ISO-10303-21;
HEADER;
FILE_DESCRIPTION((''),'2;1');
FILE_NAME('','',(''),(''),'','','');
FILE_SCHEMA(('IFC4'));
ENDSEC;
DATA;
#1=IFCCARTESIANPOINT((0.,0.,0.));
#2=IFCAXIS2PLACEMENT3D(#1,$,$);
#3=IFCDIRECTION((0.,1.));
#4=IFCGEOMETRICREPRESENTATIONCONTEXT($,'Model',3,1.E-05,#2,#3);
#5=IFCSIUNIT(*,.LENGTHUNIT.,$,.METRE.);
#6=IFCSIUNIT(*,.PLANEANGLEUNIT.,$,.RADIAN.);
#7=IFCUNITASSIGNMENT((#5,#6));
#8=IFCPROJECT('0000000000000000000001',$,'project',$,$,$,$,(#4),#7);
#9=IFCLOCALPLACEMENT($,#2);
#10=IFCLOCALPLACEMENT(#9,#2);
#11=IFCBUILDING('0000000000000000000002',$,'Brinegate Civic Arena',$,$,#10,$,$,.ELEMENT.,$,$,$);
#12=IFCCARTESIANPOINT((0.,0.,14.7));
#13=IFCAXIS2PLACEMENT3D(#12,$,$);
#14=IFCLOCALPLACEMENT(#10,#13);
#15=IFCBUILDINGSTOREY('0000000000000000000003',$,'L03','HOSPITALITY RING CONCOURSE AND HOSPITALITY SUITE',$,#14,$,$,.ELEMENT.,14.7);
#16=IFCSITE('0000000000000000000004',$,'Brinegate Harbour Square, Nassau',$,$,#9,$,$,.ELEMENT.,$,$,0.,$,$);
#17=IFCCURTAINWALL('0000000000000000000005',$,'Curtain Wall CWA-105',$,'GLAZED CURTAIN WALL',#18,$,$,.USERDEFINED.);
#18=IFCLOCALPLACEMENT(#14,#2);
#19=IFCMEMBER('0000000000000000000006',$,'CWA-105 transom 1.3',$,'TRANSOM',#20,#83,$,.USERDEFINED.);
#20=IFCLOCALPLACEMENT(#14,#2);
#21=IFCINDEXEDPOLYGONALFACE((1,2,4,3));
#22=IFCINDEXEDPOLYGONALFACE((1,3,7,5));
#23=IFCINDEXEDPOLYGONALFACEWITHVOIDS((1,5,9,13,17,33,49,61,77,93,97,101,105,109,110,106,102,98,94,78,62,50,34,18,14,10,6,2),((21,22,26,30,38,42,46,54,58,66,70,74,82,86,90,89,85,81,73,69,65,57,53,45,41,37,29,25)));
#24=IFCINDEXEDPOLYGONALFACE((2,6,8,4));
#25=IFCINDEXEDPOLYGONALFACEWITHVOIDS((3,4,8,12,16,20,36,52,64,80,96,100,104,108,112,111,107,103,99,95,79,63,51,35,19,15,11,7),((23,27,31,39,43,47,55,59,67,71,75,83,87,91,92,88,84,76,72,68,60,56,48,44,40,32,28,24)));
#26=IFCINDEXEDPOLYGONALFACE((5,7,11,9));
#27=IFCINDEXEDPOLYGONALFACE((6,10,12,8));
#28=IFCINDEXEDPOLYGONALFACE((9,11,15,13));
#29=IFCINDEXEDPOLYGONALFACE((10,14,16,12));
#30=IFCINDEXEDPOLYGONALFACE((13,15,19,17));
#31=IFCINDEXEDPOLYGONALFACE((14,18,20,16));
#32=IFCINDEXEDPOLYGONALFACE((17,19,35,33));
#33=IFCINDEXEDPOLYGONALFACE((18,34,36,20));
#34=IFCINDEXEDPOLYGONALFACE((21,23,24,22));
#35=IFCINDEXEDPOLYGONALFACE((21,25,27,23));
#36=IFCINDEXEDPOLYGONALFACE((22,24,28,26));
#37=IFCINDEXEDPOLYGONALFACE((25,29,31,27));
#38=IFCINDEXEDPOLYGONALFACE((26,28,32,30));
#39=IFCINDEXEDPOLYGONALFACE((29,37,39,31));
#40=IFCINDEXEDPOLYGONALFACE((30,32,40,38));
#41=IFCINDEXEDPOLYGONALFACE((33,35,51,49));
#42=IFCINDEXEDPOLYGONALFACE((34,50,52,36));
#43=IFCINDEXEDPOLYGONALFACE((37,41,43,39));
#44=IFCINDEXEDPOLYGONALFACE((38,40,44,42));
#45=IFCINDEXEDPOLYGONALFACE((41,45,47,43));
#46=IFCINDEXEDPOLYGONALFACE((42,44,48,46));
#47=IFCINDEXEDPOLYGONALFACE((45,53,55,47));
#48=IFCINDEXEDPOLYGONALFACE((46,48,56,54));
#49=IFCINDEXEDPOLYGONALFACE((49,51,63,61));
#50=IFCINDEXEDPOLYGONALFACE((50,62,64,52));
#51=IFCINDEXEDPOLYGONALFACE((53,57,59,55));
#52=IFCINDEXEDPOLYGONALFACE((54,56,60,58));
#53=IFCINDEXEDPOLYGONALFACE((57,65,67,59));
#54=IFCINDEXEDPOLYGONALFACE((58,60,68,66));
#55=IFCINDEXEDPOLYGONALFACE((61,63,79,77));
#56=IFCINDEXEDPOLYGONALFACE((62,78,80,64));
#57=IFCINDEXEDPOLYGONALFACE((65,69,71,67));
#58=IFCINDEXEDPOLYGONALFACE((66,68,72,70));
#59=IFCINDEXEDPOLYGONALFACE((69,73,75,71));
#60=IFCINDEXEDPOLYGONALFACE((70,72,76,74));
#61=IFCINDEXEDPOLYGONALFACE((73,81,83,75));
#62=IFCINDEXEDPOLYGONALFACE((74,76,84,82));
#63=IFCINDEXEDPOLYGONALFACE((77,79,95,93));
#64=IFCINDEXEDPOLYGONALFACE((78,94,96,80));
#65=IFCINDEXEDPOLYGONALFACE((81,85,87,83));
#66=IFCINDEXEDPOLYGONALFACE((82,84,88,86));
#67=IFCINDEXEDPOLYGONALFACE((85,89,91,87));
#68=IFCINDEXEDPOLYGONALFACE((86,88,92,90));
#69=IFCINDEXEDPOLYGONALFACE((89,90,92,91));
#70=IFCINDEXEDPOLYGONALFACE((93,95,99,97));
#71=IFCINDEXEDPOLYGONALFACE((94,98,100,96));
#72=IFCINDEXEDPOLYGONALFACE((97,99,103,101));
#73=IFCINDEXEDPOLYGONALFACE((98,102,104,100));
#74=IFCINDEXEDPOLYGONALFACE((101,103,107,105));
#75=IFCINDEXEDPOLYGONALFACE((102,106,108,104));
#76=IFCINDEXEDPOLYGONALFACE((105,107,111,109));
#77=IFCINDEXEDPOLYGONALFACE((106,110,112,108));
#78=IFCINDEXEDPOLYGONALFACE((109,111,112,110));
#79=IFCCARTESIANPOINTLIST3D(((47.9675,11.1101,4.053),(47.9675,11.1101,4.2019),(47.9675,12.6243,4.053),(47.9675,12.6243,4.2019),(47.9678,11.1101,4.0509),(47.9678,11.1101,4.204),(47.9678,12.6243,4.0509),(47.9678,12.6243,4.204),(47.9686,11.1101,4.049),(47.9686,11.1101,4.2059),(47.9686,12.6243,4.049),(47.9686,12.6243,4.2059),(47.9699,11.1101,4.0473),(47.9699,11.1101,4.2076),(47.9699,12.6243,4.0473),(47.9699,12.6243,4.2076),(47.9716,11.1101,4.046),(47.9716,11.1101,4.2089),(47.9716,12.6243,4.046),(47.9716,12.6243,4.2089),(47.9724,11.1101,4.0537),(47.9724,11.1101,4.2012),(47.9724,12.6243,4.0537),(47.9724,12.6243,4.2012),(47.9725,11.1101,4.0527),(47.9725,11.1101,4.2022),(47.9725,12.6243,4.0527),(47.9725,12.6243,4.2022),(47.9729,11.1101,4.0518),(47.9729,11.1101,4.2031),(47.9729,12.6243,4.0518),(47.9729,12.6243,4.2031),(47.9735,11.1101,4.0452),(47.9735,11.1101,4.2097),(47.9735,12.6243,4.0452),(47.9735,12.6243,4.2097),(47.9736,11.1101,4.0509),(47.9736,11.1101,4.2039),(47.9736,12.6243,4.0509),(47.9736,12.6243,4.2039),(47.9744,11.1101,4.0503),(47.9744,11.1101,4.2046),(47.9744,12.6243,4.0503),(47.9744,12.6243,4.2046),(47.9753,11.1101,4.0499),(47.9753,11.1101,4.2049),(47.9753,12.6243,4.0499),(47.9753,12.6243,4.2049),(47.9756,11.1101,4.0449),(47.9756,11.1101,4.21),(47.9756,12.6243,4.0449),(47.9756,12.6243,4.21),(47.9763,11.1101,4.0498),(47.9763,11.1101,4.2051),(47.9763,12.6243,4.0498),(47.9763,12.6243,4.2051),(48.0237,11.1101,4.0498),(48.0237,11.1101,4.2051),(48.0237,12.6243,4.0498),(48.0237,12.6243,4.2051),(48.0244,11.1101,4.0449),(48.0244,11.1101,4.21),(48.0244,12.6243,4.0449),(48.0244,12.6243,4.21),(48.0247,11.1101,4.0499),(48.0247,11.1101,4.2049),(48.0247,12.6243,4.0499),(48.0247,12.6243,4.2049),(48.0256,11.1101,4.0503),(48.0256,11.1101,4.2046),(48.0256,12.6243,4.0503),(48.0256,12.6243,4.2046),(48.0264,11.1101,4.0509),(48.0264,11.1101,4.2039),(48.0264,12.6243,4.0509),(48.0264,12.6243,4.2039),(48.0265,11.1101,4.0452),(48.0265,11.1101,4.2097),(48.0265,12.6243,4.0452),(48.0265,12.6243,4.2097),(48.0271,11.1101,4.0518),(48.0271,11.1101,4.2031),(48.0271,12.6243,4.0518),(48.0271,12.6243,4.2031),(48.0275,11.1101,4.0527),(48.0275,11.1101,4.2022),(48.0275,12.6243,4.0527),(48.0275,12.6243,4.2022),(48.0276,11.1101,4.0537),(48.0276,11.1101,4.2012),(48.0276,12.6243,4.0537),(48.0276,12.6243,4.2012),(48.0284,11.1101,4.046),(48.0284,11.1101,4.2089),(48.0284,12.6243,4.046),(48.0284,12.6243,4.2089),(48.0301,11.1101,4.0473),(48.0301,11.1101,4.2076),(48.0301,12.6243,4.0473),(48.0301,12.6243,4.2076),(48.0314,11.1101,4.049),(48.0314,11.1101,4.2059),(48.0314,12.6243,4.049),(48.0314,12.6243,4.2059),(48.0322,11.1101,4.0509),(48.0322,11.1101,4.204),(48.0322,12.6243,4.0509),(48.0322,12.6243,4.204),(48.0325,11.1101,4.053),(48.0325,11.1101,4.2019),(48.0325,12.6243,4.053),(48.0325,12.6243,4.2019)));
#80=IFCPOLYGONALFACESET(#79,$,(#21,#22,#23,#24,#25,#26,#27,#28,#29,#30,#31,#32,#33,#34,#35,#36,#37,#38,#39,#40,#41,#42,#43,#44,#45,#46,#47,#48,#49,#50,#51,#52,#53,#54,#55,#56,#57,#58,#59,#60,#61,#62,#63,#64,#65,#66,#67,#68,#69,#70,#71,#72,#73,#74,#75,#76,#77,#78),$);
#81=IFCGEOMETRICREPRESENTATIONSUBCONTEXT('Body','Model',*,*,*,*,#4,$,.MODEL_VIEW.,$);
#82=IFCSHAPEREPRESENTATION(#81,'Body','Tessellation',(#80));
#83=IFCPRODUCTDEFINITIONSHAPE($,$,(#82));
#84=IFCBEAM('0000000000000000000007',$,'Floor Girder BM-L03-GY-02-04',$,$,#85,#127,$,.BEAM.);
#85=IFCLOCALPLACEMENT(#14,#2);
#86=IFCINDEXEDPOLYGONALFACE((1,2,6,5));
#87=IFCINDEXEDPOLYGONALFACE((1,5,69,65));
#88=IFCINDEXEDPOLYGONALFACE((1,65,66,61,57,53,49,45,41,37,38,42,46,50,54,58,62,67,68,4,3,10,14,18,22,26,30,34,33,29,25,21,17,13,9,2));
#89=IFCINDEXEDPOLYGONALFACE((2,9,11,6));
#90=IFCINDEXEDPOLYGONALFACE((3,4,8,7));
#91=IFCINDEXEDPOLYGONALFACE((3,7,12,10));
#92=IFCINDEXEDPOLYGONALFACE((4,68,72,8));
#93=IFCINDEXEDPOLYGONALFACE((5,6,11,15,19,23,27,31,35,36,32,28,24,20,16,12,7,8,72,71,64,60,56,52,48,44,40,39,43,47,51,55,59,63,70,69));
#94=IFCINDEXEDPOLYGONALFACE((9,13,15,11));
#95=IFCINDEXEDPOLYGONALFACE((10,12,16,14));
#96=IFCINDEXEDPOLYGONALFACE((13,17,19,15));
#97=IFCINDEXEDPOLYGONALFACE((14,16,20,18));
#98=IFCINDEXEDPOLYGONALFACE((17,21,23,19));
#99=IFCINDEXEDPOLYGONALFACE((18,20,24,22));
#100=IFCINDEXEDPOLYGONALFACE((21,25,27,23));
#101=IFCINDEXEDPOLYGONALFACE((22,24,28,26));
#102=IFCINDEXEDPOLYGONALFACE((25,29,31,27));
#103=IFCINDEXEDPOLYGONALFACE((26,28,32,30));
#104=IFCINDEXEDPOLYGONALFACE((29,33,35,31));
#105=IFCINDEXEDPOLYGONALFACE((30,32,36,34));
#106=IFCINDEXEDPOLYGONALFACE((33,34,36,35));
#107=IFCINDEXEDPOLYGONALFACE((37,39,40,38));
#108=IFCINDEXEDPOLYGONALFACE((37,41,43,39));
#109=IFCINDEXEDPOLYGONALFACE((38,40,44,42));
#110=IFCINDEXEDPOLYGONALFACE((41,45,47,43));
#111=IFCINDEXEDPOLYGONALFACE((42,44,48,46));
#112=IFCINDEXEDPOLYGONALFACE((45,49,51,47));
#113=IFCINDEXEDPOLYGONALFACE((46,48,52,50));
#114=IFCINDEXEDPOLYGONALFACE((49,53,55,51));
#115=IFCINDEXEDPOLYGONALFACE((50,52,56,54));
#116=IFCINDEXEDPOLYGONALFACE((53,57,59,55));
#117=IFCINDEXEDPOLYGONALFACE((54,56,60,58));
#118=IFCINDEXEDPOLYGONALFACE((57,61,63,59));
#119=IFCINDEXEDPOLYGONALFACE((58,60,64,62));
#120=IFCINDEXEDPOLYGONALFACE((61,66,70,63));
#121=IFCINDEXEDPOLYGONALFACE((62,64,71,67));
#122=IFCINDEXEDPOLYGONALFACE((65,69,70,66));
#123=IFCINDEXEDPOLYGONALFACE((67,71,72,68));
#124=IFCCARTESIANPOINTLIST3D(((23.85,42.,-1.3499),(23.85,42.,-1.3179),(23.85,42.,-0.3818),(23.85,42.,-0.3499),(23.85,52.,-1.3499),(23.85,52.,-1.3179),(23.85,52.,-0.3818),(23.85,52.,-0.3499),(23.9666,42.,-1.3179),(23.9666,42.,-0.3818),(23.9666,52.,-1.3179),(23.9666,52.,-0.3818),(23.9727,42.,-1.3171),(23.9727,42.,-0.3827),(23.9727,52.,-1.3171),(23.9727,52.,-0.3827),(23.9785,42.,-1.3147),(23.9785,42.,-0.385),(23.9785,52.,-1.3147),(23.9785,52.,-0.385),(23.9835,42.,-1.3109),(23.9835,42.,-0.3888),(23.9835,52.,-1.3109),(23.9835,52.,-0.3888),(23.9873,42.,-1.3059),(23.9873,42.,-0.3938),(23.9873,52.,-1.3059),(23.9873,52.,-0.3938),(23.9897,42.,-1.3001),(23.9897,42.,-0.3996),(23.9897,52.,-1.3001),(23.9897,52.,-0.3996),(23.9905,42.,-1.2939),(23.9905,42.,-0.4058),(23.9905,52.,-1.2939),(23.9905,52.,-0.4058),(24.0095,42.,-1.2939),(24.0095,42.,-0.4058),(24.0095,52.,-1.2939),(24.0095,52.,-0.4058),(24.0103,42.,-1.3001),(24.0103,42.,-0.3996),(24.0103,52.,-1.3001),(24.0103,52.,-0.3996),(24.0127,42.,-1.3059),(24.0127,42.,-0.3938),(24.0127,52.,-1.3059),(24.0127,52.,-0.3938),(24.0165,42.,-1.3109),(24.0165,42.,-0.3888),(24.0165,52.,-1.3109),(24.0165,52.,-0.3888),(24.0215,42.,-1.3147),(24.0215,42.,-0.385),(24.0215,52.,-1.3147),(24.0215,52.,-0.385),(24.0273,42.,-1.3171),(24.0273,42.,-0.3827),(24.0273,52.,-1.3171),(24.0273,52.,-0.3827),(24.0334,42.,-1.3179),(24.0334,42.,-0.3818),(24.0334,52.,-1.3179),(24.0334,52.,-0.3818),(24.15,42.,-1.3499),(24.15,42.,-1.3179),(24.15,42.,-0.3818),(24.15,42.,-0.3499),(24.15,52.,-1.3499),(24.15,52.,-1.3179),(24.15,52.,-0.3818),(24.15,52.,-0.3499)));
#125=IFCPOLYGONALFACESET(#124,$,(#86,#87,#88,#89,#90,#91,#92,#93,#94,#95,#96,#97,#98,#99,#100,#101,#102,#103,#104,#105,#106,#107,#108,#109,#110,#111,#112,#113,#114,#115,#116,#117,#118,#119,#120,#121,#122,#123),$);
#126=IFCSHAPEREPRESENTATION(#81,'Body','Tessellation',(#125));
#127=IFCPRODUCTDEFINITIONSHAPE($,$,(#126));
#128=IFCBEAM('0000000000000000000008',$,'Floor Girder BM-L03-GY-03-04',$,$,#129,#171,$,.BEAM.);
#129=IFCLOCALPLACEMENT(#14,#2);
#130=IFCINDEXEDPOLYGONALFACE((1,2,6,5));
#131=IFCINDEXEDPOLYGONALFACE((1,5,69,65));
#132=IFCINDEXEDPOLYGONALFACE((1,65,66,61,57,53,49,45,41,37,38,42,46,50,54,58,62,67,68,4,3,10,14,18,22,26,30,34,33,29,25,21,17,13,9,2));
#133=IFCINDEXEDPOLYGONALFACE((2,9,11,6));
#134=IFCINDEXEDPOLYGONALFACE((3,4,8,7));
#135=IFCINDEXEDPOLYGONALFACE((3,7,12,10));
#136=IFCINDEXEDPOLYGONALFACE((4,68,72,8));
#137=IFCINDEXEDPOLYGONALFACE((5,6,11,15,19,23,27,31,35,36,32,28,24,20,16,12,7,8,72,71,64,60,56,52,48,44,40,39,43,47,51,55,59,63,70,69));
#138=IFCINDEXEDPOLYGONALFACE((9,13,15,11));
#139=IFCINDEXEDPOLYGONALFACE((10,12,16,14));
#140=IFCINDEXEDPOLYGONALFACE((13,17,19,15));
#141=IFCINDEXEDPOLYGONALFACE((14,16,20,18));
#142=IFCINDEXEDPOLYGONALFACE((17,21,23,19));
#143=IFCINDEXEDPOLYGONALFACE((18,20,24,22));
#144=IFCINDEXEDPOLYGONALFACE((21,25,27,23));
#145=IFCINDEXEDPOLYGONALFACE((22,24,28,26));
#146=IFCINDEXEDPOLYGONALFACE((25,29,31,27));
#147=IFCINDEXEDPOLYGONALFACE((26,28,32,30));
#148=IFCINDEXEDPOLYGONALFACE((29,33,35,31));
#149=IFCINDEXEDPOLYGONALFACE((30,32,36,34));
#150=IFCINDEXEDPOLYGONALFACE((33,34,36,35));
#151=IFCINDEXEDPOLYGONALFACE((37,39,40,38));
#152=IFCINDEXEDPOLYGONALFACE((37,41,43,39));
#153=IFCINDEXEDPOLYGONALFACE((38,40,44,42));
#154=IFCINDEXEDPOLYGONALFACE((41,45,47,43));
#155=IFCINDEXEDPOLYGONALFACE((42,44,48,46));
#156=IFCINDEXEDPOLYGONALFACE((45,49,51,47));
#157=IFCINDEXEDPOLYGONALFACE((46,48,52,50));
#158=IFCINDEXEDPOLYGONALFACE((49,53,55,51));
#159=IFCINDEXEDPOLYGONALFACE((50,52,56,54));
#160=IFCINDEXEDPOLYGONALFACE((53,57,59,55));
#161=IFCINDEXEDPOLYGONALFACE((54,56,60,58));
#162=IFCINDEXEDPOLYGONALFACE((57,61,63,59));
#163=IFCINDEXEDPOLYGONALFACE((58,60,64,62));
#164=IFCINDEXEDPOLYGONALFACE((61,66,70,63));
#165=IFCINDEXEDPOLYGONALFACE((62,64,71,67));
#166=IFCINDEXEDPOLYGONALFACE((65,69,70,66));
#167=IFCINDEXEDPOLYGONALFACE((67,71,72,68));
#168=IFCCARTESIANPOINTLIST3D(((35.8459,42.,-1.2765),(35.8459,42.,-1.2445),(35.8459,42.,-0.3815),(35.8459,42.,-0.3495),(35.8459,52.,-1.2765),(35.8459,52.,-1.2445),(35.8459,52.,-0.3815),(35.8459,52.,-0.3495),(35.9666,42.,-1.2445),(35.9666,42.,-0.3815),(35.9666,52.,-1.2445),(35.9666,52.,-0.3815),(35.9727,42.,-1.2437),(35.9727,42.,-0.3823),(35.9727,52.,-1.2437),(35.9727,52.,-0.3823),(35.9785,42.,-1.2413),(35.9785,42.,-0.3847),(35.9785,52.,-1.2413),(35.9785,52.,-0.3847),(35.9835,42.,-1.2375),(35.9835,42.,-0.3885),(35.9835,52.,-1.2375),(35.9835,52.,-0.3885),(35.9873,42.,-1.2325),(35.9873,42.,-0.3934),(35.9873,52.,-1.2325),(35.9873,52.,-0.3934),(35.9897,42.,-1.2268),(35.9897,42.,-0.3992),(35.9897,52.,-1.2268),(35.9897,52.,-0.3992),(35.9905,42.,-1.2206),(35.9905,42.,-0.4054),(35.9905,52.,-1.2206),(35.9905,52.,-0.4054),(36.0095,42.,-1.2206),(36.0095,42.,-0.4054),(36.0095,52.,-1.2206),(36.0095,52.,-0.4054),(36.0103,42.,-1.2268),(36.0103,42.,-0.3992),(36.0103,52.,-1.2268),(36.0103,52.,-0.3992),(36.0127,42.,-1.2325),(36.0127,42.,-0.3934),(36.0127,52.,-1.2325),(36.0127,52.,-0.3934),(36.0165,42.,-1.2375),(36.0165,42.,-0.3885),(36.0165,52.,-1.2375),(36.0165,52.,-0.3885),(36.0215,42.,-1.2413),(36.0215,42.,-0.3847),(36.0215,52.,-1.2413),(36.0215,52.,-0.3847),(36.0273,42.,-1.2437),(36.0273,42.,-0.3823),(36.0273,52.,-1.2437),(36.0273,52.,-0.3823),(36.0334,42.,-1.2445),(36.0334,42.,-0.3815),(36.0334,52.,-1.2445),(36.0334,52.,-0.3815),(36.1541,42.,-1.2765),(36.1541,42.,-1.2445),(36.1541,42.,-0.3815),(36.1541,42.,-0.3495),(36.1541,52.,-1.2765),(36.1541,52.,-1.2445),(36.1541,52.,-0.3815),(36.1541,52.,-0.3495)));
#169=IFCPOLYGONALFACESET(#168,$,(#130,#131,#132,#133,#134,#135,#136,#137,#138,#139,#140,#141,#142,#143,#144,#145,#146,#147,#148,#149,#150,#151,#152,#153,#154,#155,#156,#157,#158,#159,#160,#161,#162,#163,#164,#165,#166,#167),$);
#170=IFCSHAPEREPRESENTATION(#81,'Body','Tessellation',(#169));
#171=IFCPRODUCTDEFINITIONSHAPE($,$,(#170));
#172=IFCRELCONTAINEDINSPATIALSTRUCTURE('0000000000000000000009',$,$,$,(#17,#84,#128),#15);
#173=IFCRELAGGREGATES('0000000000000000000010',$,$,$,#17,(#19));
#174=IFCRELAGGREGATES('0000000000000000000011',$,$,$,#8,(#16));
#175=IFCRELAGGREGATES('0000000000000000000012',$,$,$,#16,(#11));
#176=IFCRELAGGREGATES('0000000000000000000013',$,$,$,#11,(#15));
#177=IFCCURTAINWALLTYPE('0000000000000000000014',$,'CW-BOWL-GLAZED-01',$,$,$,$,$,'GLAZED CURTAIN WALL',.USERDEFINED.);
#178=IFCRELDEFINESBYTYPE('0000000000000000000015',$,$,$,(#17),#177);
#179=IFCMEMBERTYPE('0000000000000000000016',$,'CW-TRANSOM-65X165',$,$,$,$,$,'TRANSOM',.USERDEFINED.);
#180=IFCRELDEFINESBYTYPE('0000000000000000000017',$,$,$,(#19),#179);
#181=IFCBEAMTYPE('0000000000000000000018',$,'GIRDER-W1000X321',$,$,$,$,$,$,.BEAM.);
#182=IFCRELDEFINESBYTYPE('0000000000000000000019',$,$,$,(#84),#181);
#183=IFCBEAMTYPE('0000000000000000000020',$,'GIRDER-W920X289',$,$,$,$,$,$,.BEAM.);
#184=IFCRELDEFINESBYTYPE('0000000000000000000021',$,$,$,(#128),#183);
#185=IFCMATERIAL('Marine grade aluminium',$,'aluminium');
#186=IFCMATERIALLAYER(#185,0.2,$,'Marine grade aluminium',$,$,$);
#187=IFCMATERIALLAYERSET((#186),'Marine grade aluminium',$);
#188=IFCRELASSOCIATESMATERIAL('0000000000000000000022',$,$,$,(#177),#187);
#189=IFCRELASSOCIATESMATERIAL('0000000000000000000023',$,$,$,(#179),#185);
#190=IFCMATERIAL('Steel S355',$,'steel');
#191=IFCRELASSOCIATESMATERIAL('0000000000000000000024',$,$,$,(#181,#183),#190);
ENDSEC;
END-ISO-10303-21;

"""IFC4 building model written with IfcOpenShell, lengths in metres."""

from ifc_helpers import new_model, si_unit, direction, frame, origin, origin_2d, place, context, subcontext, project, spatial, hollow_rectangle, i_section, extrude, material, layer, layer_set, material_profile, profile_set, type_object, element, aggregate, save


model = new_model("IFC4")

# Units and contexts
model_context = context("Model", 3, precision=1e-05, world=origin(), true_north=direction((0.0, 1.0)))
body_context = subcontext(model_context, "Body", "Model", "MODEL_VIEW")
ifc_project = project(units=[si_unit("LENGTHUNIT", "METRE"), si_unit("PLANEANGLEUNIT", "RADIAN")], contexts=[model_context])

# Site, building, storey
site_placement = place(None, origin())
site = spatial("IfcSite", under=ifc_project, at=site_placement, Name="Brinegate Harbour Square, Nassau", CompositionType="ELEMENT", RefElevation=0.0)
building_placement = place(site_placement, origin())
building = spatial("IfcBuilding", under=site, at=building_placement, Name="Brinegate Civic Arena", CompositionType="ELEMENT")
storey_placement = place(building_placement, frame((0.0, 0.0, 14.7)))
storey = spatial("IfcBuildingStorey", under=building, at=storey_placement, Name="L03", Description="HOSPITALITY RING CONCOURSE AND HOSPITALITY SUITE", CompositionType="ELEMENT", Elevation=14.7)

# Shared definitions
ifc_material_1 = material(Name="Steel S355", Category="steel")

# Curtain wall
ifc_material_2 = material(Name="Marine grade aluminium", Category="aluminium")
ifc_layer_1 = layer(ifc_material_2, 0.2, Name="Marine grade aluminium")
ifc_layer_set_1 = layer_set([ifc_layer_1], Name="Marine grade aluminium")
curtain_wall_type_1 = type_object("IfcCurtainWallType", Name="CW-BOWL-GLAZED-01", ElementType="GLAZED CURTAIN WALL", PredefinedType="USERDEFINED", material=ifc_layer_set_1)
curtain_wall_1_placement = place(storey_placement, origin())
curtain_wall_1 = element("IfcCurtainWall", 1, at=curtain_wall_1_placement, inside=storey, type_object=curtain_wall_type_1, Name="Curtain Wall CWA-105", ObjectType="GLAZED CURTAIN WALL", PredefinedType="USERDEFINED")

# Member
ifc_material_profile_1 = material_profile(ifc_material_2, hollow_rectangle(XDim=0.0649, YDim=0.165, WallThickness=0.0049, InnerFilletRadius=0.0039, OuterFilletRadius=0.0081, at=origin_2d()), Name="TRN65X165")
ifc_profile_set_1 = profile_set([ifc_material_profile_1], Name="Marine grade aluminium")
member_type_1 = type_object("IfcMemberType", Name="CW-TRANSOM-65X165", ElementType="TRANSOM", PredefinedType="USERDEFINED", material=ifc_profile_set_1)
member_1_placement = place(storey_placement, frame((48.0, 11.1101, 4.1274), z_axis=(0.0, 1.0, 0.0), x_axis=(-1.0, 0.0, 0.0)))
member_1 = element("IfcMember", 2, at=member_1_placement, type_object=member_type_1, Name="CWA-105 transom 1.3", ObjectType="TRANSOM", PredefinedType="USERDEFINED", context=body_context, shape_type="SweptSolid", body=[
    extrude(hollow_rectangle(XDim=0.0649, YDim=0.165, WallThickness=0.0049, InnerFilletRadius=0.0039, OuterFilletRadius=0.0081, at=origin_2d()), origin(), (0.0, 0.0, 1.0), 1.5142),
])

# Beams
ifc_material_profile_2 = material_profile(ifc_material_1, i_section(OverallWidth=0.3, OverallDepth=1.0, WebThickness=0.019, FlangeThickness=0.032, FilletRadius=0.0239, at=origin_2d()), Name="W1000X321")
ifc_profile_set_2 = profile_set([ifc_material_profile_2], Name="Steel S355")
beam_type_1 = type_object("IfcBeamType", Name="GIRDER-W1000X321", PredefinedType="BEAM", material=ifc_profile_set_2)
beam_1_placement = place(storey_placement, frame((24.0, 42.0, -0.8499), z_axis=(0.0, 1.0, 0.0), x_axis=(-1.0, 0.0, 0.0)))
element("IfcBeam", 3, at=beam_1_placement, inside=storey, type_object=beam_type_1, Name="Floor Girder BM-L03-GY-02-04", PredefinedType="BEAM", context=body_context, shape_type="SweptSolid", body=[
    extrude(i_section(OverallWidth=0.3, OverallDepth=1.0, WebThickness=0.019, FlangeThickness=0.032, FilletRadius=0.0239, at=origin_2d()), origin(), (0.0, 0.0, 1.0), 10.0),
])
ifc_material_profile_3 = material_profile(ifc_material_1, i_section(OverallWidth=0.3081, OverallDepth=0.927, WebThickness=0.019, FlangeThickness=0.032, FilletRadius=0.0239, at=origin_2d()), Name="W920X289")
ifc_profile_set_3 = profile_set([ifc_material_profile_3], Name="Steel S355")
beam_type_2 = type_object("IfcBeamType", Name="GIRDER-W920X289", PredefinedType="BEAM", material=ifc_profile_set_3)
beam_2_placement = place(storey_placement, frame((36.0, 42.0, -0.813), z_axis=(0.0, 1.0, 0.0), x_axis=(-1.0, 0.0, 0.0)))
element("IfcBeam", 4, at=beam_2_placement, inside=storey, type_object=beam_type_2, Name="Floor Girder BM-L03-GY-03-04", PredefinedType="BEAM", context=body_context, shape_type="SweptSolid", body=[
    extrude(i_section(OverallWidth=0.3081, OverallDepth=0.927, WebThickness=0.019, FlangeThickness=0.032, FilletRadius=0.0239, at=origin_2d()), origin(), (0.0, 0.0, 1.0), 10.0),
])

aggregate(curtain_wall_1, [member_1])

save(model, "model.ifc")
